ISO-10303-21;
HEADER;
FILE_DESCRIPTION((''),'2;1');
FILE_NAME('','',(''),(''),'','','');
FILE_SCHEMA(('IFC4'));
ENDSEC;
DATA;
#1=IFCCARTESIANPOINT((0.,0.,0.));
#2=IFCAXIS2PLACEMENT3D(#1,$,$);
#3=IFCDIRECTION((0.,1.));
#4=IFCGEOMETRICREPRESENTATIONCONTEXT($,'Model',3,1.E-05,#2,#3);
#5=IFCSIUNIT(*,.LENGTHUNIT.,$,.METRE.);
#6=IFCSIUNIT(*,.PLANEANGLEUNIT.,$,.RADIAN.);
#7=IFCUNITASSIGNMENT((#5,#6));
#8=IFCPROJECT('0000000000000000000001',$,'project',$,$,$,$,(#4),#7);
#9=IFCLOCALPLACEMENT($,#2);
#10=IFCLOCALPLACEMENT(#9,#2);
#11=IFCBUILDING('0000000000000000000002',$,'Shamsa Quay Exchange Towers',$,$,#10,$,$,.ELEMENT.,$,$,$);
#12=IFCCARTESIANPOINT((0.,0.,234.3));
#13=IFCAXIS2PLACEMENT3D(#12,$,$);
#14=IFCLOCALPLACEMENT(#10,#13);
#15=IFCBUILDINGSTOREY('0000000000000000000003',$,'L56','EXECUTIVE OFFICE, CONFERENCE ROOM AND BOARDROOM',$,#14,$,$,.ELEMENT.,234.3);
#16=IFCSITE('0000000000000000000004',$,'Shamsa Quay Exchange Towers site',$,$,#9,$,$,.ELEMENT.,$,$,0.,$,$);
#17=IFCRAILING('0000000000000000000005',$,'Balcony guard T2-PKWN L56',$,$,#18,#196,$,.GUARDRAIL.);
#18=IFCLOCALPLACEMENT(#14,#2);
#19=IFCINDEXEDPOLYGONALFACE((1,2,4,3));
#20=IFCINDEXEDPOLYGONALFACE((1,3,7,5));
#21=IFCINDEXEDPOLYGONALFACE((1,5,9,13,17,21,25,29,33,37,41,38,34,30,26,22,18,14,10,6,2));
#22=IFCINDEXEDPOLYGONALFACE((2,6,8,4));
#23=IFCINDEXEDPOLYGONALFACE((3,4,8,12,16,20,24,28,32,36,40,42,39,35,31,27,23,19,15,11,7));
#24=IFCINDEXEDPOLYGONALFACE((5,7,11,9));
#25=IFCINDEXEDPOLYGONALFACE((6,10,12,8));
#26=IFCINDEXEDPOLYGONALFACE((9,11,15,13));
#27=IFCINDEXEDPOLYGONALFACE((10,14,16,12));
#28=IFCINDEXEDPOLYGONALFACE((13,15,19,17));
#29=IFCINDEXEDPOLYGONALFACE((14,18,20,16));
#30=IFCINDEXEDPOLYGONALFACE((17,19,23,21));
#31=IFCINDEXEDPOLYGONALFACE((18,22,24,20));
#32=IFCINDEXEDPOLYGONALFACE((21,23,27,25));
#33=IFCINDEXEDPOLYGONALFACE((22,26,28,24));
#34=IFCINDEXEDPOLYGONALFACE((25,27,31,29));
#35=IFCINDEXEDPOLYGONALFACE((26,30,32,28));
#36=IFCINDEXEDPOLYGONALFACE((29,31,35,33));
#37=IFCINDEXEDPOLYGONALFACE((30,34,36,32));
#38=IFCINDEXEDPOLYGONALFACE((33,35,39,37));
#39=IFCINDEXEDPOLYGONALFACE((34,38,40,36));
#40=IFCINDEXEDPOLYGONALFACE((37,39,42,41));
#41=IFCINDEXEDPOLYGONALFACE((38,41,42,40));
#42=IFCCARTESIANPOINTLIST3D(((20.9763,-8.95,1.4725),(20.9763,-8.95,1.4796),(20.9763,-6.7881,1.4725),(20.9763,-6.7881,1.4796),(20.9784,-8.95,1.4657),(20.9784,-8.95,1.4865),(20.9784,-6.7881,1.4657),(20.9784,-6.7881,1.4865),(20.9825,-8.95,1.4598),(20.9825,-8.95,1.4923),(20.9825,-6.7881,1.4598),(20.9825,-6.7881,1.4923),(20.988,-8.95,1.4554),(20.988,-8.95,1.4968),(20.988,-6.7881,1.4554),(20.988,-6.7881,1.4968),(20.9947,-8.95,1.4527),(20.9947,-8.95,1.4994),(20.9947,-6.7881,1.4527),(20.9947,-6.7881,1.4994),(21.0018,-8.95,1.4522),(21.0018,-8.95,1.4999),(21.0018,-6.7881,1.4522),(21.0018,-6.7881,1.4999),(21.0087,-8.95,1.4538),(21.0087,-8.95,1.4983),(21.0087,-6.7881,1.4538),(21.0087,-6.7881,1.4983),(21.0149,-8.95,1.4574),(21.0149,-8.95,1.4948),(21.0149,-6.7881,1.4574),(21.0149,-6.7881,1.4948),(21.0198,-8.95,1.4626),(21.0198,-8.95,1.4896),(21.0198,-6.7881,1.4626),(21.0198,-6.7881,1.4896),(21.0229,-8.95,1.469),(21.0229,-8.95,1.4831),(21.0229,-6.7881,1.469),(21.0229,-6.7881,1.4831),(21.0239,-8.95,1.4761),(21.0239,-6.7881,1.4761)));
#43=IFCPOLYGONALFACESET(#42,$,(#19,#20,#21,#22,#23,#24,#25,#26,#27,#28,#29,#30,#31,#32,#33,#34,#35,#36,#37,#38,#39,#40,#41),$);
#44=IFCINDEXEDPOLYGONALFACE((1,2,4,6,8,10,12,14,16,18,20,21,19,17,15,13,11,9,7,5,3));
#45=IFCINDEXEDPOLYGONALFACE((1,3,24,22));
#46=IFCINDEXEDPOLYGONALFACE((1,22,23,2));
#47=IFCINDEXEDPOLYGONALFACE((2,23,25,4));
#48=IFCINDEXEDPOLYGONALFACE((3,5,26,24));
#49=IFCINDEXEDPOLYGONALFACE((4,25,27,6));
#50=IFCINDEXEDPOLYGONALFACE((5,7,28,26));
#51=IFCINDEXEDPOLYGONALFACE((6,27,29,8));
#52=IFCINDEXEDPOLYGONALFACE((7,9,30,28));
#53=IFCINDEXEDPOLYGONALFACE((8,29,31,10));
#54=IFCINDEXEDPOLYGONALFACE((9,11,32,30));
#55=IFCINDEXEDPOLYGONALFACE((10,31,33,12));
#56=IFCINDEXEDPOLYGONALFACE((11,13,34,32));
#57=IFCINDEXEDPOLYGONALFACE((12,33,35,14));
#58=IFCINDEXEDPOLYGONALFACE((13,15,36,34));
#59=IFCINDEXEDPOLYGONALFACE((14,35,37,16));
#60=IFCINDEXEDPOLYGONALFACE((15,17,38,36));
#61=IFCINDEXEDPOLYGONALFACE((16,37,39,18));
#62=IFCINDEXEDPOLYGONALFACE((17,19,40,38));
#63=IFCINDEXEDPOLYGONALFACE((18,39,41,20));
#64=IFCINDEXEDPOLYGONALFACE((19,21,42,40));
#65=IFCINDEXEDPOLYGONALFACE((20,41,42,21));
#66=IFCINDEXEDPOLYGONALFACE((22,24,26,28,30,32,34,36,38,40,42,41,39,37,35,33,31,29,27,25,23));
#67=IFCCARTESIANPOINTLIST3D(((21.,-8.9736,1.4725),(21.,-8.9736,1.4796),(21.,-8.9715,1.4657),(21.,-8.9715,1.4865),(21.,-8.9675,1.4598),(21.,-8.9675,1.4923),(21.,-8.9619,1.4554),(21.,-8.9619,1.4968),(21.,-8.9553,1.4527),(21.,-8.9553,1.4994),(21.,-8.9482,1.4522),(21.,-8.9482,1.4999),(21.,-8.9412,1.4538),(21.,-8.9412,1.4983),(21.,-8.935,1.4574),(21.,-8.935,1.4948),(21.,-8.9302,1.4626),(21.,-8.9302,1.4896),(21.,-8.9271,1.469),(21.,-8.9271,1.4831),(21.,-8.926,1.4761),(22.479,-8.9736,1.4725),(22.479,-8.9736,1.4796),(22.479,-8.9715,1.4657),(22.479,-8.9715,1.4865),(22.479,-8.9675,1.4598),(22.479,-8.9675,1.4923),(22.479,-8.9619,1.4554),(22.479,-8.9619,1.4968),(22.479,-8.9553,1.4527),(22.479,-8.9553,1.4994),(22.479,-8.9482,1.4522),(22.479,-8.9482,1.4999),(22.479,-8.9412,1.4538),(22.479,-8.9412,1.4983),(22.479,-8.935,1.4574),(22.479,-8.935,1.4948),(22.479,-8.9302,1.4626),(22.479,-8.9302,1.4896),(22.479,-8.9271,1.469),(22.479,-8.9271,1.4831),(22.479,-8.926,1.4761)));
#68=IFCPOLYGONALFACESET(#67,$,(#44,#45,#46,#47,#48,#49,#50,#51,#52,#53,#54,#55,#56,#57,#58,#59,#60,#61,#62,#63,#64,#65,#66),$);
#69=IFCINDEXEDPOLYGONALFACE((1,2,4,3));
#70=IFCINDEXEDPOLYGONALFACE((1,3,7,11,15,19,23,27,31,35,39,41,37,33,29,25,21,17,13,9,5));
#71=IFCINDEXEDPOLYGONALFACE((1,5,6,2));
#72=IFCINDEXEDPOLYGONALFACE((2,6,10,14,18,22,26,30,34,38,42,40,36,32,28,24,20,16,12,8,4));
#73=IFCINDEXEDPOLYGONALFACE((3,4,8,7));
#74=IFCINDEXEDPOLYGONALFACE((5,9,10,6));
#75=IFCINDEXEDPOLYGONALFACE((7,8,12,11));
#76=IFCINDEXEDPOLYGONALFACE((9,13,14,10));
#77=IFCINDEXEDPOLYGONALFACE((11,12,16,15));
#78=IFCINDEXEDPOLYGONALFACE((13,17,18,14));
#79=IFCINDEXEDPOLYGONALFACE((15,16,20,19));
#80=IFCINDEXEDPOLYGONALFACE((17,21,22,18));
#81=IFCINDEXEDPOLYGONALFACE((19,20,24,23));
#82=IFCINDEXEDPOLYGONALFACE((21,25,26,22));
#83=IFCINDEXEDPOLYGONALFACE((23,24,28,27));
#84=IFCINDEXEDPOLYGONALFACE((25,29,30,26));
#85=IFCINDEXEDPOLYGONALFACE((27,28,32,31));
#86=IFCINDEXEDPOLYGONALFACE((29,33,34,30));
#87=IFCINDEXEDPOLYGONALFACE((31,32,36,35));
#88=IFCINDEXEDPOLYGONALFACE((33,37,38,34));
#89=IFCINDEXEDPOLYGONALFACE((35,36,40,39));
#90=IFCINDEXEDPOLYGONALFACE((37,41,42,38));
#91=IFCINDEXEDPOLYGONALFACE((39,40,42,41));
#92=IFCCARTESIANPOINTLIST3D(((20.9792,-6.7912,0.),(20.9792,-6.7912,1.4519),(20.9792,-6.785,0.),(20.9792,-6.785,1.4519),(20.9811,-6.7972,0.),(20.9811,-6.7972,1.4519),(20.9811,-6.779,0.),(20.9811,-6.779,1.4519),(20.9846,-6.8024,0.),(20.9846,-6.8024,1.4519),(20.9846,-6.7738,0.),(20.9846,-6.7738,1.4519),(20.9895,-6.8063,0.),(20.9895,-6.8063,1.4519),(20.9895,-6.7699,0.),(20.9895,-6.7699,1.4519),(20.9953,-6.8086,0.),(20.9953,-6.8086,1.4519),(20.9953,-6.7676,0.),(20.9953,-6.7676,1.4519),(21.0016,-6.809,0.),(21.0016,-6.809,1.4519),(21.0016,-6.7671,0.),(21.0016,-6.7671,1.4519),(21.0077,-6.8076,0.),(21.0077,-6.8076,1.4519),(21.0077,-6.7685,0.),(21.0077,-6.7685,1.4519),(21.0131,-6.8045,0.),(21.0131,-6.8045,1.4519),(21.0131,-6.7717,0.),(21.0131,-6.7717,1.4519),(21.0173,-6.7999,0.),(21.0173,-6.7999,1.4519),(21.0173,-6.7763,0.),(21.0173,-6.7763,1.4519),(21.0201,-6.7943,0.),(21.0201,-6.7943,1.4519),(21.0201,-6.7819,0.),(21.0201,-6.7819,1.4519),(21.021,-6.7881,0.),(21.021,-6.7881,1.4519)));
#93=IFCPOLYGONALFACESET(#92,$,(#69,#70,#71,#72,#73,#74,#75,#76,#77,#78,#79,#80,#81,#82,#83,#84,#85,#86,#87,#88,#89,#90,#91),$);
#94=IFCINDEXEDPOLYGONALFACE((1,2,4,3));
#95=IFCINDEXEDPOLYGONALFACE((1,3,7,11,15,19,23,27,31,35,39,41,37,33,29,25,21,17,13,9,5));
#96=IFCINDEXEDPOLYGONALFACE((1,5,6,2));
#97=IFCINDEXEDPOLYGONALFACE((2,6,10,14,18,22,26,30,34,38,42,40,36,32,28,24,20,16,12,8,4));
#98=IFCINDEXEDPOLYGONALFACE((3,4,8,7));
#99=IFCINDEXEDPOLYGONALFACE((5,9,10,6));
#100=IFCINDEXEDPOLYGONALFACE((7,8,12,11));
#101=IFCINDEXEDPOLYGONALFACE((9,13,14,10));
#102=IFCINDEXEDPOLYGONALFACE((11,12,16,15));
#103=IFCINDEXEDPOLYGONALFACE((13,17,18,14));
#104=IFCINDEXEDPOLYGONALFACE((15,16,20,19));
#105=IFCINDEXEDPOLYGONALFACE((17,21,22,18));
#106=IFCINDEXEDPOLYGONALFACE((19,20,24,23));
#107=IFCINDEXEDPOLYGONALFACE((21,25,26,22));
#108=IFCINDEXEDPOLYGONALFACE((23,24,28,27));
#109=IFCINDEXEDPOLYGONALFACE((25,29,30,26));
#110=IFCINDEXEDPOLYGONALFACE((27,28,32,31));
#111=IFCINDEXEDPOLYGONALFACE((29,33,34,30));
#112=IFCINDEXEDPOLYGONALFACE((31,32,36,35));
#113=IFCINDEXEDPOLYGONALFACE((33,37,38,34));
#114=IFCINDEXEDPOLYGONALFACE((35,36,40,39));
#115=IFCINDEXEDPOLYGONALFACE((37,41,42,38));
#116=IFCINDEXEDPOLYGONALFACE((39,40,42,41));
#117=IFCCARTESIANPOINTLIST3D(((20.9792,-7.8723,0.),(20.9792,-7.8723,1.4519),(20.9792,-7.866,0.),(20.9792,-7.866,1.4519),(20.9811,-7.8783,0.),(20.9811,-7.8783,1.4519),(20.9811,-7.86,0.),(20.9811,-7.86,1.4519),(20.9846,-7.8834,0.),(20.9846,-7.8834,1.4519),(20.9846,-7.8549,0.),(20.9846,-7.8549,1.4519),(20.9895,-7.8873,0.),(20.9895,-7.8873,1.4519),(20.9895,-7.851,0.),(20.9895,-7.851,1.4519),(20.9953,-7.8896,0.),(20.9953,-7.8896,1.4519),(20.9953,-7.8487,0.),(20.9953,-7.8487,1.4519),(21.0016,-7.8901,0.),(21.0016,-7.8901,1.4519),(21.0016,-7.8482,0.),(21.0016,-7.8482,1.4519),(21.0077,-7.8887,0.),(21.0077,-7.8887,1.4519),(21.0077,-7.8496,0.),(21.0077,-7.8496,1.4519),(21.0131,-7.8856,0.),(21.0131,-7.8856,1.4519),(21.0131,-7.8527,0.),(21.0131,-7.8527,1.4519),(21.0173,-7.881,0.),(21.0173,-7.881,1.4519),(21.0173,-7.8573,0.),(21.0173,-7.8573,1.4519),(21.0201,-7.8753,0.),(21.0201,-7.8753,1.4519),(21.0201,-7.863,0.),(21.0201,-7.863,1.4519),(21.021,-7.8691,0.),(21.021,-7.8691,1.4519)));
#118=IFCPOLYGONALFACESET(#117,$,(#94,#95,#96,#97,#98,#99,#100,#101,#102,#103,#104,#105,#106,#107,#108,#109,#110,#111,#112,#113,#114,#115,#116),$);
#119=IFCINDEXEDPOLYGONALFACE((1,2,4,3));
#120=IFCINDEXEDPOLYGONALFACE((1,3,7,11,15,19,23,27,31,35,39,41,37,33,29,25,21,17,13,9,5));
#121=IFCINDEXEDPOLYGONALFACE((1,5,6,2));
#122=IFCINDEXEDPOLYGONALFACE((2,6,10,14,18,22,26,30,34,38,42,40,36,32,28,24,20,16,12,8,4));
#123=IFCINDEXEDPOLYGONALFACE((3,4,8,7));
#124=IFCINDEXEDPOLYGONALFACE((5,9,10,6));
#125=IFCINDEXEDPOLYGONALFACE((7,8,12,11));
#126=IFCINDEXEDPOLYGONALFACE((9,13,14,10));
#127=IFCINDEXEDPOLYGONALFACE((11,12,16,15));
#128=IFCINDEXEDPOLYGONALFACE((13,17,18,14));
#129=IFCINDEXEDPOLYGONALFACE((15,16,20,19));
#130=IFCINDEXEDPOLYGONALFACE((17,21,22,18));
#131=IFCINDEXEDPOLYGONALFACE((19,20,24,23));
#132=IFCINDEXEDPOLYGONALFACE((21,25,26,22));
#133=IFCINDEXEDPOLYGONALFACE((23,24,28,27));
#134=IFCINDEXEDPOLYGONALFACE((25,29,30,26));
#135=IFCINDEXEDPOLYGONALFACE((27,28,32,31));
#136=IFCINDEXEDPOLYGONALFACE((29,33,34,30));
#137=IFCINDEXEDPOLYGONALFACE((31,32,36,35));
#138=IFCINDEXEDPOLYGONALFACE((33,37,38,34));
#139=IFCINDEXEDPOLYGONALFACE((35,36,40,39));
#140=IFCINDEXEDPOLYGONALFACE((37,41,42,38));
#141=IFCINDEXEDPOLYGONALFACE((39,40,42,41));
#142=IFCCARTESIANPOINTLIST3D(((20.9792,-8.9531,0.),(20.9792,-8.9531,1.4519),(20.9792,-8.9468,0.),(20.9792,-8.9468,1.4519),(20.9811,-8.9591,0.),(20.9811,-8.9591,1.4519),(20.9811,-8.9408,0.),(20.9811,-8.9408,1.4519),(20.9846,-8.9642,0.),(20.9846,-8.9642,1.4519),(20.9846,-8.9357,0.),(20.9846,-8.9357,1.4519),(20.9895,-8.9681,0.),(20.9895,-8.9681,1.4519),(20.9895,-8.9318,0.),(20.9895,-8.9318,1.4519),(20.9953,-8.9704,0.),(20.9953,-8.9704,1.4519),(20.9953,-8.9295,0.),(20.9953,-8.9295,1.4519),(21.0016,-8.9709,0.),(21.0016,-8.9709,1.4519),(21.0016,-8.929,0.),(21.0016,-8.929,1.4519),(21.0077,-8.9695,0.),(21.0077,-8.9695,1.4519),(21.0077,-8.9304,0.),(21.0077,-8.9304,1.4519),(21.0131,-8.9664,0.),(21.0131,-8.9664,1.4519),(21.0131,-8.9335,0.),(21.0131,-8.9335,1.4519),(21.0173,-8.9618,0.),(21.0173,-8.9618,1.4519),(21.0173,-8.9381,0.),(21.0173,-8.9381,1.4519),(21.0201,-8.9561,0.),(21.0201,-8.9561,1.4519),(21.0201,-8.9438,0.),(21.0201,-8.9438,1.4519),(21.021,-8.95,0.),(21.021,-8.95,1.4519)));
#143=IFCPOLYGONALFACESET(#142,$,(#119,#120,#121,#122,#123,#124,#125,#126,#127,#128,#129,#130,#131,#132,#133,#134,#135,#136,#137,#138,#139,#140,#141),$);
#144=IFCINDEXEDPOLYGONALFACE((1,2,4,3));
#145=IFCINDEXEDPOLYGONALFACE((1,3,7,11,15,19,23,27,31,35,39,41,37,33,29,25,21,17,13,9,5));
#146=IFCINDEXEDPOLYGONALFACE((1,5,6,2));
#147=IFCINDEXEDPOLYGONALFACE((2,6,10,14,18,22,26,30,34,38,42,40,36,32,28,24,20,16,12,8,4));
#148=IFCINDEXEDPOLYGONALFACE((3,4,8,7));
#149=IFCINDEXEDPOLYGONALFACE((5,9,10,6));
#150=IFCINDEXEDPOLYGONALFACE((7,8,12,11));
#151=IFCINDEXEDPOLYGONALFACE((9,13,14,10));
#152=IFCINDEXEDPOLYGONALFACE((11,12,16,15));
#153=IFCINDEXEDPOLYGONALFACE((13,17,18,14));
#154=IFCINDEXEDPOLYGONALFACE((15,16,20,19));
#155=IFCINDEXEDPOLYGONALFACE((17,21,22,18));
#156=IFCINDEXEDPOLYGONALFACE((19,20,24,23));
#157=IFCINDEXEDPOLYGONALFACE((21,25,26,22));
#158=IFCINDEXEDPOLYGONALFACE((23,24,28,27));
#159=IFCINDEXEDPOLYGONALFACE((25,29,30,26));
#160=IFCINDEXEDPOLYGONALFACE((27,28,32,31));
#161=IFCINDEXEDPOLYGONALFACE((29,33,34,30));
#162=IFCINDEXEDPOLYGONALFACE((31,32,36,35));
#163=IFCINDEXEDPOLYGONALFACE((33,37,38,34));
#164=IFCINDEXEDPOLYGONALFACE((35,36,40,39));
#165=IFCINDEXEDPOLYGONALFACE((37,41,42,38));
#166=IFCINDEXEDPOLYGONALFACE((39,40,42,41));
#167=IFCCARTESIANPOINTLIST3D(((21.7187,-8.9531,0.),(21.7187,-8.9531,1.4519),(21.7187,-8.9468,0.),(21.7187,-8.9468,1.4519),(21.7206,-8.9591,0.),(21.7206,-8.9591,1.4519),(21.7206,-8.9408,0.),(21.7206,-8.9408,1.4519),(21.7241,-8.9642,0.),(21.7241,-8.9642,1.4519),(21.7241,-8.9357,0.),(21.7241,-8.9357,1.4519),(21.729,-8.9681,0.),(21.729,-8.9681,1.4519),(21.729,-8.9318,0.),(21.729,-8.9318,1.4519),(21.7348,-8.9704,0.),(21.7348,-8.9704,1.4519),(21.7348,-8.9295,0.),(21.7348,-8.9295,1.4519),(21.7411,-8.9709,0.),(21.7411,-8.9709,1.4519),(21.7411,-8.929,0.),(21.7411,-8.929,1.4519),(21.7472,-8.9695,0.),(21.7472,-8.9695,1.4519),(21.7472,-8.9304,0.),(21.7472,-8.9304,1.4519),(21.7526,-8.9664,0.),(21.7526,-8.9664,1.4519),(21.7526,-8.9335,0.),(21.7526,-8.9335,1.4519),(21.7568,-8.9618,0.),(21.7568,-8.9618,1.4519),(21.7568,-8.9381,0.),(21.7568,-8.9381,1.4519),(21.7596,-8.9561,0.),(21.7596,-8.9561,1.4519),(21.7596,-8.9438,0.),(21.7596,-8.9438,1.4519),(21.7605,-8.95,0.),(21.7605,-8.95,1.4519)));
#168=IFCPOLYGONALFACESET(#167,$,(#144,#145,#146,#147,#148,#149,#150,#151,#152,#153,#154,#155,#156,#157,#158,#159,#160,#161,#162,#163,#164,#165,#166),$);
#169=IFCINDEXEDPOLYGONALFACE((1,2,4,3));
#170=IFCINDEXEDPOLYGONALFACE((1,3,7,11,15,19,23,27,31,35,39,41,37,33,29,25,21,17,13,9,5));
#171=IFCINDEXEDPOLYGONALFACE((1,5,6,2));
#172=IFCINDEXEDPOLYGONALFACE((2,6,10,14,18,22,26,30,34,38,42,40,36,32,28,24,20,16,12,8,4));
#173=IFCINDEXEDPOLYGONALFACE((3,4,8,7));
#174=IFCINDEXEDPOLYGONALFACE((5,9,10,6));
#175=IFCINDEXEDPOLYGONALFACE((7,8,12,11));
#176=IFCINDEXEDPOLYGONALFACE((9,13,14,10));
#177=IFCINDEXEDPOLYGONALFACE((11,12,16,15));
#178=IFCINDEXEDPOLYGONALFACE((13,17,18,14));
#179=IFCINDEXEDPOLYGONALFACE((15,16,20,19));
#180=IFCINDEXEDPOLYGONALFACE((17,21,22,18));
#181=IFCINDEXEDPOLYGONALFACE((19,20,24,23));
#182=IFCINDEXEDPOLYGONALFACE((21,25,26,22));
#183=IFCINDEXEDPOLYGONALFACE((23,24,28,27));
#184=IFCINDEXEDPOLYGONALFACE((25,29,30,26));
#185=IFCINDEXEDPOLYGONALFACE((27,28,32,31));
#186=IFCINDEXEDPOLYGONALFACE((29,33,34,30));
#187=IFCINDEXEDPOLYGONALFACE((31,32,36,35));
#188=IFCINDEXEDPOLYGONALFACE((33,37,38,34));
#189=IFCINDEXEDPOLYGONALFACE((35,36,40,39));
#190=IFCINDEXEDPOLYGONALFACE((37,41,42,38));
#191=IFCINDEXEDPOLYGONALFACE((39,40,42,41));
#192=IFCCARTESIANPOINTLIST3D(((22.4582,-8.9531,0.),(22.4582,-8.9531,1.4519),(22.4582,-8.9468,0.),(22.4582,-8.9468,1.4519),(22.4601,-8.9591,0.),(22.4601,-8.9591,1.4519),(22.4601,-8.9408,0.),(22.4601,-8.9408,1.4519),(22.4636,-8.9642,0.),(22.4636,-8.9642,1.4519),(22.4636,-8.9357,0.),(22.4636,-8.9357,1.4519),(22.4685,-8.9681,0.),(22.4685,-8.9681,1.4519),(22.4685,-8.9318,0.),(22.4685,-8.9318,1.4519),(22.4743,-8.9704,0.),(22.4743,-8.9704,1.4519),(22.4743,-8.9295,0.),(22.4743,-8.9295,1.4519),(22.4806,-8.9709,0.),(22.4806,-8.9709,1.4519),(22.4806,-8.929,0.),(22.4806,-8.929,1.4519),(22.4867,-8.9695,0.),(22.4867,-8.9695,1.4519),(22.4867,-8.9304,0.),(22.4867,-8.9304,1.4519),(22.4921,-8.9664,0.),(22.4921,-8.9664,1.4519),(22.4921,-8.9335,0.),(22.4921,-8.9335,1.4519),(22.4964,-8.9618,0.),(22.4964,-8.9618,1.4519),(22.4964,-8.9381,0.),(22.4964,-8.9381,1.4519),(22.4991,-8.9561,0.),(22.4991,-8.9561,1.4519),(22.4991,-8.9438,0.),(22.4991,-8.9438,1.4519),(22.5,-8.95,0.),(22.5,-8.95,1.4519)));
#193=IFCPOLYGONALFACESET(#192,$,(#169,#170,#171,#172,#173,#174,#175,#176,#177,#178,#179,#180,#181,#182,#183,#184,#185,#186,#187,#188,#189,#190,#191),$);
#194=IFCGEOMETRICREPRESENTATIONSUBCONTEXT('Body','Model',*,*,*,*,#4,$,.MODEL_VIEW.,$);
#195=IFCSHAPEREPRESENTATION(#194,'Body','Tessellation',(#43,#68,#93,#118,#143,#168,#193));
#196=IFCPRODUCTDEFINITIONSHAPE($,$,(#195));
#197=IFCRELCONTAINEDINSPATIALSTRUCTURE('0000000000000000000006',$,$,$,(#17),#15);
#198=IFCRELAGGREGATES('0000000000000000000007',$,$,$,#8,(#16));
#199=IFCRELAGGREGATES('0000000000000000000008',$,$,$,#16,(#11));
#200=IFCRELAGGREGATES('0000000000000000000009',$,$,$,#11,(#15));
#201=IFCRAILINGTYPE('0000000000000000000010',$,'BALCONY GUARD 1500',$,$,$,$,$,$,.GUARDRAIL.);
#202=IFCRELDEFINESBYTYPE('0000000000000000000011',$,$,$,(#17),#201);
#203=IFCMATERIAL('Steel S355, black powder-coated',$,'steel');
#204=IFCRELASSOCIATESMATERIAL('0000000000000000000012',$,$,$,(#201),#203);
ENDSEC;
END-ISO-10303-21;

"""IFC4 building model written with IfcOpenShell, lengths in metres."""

from ifc_helpers import new_model, si_unit, direction, frame, origin, origin_2d, place, context, subcontext, project, spatial, circle, extrude, material, type_object, element, save


model = new_model("IFC4")

# Units and contexts
model_context = context("Model", 3, precision=1e-05, world=origin(), true_north=direction((0.0, 1.0)))
body_context = subcontext(model_context, "Body", "Model", "MODEL_VIEW")
ifc_project = project(units=[si_unit("LENGTHUNIT", "METRE"), si_unit("PLANEANGLEUNIT", "RADIAN")], contexts=[model_context])

# Site, building, storey
site_placement = place(None, origin())
site = spatial("IfcSite", under=ifc_project, at=site_placement, Name="Shamsa Quay Exchange Towers site", CompositionType="ELEMENT", RefElevation=0.0)
building_placement = place(site_placement, origin())
building = spatial("IfcBuilding", under=site, at=building_placement, Name="Shamsa Quay Exchange Towers", CompositionType="ELEMENT")
storey_placement = place(building_placement, frame((0.0, 0.0, 234.3)))
storey = spatial("IfcBuildingStorey", under=building, at=storey_placement, Name="L56", Description="EXECUTIVE OFFICE, CONFERENCE ROOM AND BOARDROOM", CompositionType="ELEMENT", Elevation=234.3)

# Railing
ifc_material_1 = material(Name="Steel S355, black powder-coated", Category="steel")
railing_type = type_object("IfcRailingType", Name="BALCONY GUARD 1500", PredefinedType="GUARDRAIL", material=ifc_material_1)
for number, where, name in (
    (1, (21.0, -6.7881, 0.0), "Balcony guard T2-PKWN L56"),
):
    element("IfcRailing", number, at=place(storey_placement, frame(where)), inside=storey, type_object=railing_type, Name=name, PredefinedType="GUARDRAIL", context=body_context, shape_type="SweptSolid", body=[
        extrude(circle(Radius=0.0239, at=origin_2d()), frame((0.0, 0.0, 1.4761), z_axis=(0.0, -1.0, 0.0), x_axis=(1.0, 0.0, 0.0)), (0.0, 0.0, 1.0), 2.1619),
        extrude(circle(Radius=0.0239, at=origin_2d()), frame((0.0, -2.1619, 1.4761), z_axis=(1.0, 0.0, 0.0), x_axis=(0.0, 1.0, 0.0)), (0.0, 0.0, 1.0), 1.479),
        extrude(circle(Radius=0.021, at=origin_2d()), origin(), (0.0, 0.0, 1.0), 1.4519),
        extrude(circle(Radius=0.021, at=origin_2d()), frame((0.0, -1.0811, 0.0)), (0.0, 0.0, 1.0), 1.4519),
        extrude(circle(Radius=0.021, at=origin_2d()), frame((0.0, -2.1619, 0.0)), (0.0, 0.0, 1.0), 1.4519),
        extrude(circle(Radius=0.021, at=origin_2d()), frame((0.7395, -2.1619, 0.0)), (0.0, 0.0, 1.0), 1.4519),
        extrude(circle(Radius=0.021, at=origin_2d()), frame((1.479, -2.1619, 0.0)), (0.0, 0.0, 1.0), 1.4519),
    ])

save(model, "model.ifc")
